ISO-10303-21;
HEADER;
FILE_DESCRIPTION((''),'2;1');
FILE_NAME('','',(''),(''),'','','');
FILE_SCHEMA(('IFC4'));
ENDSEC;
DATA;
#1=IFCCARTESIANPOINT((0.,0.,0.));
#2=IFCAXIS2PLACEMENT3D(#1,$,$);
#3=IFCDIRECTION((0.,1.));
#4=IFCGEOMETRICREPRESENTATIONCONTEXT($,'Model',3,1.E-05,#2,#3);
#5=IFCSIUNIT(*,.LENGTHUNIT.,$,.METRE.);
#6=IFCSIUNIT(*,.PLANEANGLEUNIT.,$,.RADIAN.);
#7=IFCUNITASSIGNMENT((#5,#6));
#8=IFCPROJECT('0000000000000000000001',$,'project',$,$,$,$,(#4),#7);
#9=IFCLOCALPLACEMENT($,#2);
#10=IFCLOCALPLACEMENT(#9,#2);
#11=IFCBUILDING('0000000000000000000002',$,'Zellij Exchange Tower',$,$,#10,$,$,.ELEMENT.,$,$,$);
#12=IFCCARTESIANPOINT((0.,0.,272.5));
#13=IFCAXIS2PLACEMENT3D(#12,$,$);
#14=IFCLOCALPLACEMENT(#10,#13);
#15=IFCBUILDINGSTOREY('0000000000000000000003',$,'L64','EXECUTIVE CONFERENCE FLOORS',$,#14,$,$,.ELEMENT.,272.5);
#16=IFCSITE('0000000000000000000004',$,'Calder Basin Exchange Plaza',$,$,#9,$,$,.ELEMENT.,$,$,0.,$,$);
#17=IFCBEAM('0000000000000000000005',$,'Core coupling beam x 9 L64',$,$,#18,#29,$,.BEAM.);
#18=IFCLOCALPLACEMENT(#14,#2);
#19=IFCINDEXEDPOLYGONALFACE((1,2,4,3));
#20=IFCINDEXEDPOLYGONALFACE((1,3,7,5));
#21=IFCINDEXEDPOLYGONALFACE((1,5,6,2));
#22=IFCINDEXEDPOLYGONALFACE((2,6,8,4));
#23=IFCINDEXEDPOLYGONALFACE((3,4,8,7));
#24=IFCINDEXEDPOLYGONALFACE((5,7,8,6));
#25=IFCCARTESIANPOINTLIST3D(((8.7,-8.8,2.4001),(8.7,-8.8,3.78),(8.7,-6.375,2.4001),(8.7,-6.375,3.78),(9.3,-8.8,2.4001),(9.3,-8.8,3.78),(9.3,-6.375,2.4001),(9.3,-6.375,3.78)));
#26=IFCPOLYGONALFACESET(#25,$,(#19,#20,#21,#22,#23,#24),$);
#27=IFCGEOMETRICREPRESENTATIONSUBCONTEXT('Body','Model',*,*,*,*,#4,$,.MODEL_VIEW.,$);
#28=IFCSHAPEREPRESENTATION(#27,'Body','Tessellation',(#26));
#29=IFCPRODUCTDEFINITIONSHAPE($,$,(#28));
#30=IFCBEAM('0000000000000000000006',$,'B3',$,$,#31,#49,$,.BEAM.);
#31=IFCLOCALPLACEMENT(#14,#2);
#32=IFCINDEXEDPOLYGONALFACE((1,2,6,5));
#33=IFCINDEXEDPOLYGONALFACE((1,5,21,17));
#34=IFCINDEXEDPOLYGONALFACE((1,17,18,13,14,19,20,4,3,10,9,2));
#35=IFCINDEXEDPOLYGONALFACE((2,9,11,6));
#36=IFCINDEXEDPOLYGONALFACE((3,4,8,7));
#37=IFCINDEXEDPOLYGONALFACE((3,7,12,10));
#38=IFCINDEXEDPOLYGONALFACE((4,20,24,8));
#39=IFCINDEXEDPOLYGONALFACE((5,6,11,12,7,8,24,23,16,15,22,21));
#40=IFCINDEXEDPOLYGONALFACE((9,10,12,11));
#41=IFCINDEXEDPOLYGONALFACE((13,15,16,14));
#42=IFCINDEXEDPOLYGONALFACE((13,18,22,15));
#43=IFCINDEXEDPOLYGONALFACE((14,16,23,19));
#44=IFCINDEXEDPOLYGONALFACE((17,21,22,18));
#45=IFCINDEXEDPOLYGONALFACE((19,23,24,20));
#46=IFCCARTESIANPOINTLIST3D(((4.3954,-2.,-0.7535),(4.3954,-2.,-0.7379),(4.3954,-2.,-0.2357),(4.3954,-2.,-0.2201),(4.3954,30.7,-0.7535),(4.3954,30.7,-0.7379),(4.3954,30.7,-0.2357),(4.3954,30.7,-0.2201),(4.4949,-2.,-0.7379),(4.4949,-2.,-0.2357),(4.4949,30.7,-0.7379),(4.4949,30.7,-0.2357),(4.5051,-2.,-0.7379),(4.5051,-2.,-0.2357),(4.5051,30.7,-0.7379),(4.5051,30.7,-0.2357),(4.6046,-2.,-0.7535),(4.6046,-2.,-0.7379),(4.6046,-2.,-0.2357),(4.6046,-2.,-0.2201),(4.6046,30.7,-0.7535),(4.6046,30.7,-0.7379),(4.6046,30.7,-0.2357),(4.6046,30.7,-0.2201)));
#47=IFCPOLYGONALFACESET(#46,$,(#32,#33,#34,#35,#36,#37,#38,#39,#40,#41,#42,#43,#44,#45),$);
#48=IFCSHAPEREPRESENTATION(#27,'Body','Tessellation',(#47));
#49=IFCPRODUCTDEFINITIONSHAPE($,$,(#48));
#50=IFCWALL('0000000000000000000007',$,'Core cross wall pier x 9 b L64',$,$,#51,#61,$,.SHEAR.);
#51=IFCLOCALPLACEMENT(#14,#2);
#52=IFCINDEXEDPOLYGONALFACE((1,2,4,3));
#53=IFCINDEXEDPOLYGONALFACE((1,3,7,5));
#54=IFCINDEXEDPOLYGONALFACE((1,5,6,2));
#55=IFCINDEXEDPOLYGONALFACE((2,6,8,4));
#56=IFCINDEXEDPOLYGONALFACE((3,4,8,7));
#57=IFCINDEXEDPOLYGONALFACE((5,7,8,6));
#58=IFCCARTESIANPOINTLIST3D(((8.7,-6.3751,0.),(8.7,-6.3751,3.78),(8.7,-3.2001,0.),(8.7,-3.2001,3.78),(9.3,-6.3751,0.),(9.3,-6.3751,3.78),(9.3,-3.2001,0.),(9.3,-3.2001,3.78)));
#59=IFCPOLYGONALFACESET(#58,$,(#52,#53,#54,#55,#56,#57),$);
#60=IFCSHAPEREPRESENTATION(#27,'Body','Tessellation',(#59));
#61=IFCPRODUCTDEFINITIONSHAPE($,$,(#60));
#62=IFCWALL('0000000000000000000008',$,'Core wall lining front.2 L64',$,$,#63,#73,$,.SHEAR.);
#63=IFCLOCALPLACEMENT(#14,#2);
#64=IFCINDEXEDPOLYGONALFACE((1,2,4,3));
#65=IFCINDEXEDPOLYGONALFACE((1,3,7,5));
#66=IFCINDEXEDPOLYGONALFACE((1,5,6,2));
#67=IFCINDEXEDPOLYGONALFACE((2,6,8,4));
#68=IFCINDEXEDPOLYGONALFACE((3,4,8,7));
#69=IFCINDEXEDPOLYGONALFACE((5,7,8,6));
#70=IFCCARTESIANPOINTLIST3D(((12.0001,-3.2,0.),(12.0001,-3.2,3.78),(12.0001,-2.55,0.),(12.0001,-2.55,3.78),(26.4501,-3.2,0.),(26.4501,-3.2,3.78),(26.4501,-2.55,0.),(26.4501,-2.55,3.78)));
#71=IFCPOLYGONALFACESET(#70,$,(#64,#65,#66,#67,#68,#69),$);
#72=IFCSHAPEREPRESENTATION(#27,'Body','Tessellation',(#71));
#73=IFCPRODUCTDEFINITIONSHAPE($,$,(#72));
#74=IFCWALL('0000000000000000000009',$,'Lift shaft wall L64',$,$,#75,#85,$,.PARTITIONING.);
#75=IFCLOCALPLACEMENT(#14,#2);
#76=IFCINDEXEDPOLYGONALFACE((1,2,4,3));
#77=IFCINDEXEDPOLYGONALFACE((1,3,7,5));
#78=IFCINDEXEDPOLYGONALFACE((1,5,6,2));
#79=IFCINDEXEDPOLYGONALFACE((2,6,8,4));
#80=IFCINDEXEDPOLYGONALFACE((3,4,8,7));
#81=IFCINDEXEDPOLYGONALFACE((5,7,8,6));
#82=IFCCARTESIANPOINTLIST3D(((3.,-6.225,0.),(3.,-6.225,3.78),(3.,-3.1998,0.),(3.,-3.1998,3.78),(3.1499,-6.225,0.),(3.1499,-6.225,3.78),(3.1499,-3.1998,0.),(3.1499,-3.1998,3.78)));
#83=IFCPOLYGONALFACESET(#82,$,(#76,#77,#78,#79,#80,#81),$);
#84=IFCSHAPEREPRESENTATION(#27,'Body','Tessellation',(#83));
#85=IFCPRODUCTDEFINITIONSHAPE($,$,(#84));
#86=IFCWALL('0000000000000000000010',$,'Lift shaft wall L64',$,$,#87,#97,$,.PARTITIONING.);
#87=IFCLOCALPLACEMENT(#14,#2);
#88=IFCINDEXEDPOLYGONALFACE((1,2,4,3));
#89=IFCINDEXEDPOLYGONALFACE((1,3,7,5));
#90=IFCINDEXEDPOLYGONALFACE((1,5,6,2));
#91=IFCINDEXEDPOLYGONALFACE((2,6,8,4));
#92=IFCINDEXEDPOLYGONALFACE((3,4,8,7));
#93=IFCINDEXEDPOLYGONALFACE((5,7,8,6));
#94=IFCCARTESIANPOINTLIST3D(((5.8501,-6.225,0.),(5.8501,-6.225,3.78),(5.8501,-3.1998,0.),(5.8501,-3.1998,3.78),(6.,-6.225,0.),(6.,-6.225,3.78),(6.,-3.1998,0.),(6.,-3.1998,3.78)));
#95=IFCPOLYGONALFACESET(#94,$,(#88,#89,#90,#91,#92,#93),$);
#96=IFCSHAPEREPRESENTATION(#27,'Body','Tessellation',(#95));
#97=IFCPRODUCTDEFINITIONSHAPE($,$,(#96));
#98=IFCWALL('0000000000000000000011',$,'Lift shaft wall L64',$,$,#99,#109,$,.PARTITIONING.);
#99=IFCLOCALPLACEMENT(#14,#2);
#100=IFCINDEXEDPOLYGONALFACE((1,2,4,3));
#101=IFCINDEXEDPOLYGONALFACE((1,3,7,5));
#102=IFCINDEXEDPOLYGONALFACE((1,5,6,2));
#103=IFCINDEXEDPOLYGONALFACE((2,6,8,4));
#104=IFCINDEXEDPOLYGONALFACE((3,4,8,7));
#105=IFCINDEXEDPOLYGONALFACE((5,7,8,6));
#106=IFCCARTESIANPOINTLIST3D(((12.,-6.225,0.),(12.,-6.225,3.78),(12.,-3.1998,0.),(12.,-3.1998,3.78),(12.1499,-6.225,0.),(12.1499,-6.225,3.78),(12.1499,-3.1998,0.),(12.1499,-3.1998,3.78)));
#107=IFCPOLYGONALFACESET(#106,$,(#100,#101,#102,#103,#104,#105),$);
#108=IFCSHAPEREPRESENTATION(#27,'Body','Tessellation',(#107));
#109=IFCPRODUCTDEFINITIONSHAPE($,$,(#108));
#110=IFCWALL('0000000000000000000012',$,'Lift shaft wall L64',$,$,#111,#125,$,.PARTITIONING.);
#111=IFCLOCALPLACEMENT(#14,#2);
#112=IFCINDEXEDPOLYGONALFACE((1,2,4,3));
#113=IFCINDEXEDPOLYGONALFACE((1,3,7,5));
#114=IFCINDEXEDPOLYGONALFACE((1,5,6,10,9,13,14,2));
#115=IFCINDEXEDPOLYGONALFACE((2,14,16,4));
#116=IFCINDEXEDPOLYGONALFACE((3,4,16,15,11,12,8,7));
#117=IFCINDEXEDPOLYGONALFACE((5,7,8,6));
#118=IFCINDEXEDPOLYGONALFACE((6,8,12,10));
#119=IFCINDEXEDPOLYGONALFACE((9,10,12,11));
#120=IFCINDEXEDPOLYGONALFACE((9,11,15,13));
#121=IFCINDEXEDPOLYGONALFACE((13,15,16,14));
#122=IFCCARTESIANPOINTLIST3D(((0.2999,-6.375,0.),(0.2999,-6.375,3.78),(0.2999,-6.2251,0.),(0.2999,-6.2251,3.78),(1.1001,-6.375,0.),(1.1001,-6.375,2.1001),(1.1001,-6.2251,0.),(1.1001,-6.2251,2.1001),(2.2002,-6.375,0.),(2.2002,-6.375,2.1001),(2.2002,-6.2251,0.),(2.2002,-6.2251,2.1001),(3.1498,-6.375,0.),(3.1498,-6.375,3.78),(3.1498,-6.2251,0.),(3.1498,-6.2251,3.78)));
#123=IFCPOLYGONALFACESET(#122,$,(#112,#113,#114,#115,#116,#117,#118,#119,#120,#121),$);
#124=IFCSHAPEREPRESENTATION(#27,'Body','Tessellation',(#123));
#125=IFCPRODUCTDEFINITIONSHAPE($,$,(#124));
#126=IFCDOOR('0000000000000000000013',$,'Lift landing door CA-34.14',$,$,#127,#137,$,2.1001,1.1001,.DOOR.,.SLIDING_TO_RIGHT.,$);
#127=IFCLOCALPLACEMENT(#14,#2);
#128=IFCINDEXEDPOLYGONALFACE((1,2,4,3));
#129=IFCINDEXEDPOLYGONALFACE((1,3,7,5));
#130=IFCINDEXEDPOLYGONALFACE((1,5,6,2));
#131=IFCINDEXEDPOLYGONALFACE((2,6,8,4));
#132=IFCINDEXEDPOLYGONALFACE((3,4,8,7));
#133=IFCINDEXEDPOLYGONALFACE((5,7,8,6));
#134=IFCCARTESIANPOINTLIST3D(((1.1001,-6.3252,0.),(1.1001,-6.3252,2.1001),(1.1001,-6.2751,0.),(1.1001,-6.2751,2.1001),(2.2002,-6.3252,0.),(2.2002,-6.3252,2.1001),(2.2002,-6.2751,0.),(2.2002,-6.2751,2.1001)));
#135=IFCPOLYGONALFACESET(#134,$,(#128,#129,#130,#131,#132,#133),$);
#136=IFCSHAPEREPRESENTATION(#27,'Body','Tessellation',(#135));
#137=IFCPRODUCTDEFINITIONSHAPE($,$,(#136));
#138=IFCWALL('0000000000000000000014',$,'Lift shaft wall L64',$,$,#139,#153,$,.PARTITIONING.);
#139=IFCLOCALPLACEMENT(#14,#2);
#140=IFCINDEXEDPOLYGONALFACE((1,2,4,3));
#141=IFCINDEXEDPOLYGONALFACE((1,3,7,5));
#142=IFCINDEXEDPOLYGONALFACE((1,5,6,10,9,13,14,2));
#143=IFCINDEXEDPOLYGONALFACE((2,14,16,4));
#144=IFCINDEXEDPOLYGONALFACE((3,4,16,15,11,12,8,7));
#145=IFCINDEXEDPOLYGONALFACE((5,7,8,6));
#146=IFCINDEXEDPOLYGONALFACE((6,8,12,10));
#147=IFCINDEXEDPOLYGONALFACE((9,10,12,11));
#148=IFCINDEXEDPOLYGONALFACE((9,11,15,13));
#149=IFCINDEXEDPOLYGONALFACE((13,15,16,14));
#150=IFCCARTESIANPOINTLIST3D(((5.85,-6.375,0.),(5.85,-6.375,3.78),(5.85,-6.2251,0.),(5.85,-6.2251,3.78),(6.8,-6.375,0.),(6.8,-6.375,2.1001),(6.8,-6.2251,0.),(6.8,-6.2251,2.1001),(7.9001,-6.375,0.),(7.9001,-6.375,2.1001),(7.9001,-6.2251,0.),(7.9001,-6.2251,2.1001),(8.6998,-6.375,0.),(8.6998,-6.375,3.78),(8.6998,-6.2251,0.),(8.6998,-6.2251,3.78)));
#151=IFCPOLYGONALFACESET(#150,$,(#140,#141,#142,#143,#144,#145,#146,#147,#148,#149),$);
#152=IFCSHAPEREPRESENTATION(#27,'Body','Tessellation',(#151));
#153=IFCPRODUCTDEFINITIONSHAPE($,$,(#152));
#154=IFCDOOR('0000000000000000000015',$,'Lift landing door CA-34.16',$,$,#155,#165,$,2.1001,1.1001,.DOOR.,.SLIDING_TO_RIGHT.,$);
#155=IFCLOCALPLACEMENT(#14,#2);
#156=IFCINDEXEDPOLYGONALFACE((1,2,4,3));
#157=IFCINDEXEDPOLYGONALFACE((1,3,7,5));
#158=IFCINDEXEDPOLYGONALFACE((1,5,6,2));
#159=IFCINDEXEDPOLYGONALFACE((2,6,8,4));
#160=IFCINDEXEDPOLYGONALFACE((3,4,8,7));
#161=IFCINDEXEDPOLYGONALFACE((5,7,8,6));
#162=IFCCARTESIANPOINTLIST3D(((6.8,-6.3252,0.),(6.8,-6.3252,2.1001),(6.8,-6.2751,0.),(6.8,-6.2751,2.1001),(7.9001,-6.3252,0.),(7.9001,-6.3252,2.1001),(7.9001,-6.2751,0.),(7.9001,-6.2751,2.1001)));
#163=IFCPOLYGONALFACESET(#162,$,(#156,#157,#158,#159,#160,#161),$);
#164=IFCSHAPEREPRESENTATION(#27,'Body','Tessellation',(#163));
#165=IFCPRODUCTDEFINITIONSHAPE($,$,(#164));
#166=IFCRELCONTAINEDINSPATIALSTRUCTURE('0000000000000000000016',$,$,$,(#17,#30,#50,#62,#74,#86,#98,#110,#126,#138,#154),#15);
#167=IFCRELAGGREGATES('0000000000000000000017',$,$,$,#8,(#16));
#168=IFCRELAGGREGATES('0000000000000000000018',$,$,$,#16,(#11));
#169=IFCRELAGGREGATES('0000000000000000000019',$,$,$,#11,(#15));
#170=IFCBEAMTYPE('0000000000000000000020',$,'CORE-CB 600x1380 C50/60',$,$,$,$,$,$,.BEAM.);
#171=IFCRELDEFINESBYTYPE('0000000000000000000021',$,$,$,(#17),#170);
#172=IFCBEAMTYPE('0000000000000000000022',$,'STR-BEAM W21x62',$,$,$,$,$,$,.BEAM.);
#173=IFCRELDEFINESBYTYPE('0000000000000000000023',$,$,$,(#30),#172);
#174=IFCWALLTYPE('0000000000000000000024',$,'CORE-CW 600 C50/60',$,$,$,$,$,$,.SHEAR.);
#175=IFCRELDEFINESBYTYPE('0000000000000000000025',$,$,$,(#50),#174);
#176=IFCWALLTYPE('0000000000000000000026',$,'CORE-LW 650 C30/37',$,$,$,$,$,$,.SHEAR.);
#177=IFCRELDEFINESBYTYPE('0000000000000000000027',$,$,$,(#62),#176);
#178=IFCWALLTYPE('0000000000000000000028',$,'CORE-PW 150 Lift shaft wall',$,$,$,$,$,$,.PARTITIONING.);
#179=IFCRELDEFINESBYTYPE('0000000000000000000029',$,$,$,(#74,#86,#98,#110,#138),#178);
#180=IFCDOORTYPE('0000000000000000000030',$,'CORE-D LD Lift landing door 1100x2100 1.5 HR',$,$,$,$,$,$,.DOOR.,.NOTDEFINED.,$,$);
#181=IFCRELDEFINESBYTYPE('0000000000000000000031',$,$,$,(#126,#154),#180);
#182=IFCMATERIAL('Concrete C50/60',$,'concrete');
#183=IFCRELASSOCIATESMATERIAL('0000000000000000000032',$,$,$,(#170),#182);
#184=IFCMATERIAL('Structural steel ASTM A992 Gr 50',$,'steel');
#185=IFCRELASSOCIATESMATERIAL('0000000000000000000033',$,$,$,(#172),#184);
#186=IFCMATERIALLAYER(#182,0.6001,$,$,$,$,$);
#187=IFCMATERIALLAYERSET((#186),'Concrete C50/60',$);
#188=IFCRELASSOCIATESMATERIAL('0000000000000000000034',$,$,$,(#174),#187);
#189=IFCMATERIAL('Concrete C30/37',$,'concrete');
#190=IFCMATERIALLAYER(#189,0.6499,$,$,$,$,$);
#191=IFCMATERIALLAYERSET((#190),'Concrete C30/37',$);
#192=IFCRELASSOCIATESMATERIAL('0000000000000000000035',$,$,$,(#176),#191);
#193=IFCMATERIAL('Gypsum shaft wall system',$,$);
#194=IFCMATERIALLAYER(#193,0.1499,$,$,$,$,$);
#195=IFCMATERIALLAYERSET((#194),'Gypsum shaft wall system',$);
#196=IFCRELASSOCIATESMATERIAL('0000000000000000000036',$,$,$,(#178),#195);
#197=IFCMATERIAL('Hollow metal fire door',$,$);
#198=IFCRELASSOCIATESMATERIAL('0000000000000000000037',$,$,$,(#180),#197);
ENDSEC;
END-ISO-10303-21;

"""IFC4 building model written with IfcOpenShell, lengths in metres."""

from ifc_helpers import new_model, si_unit, direction, frame, frame_2d, origin, origin_2d, place, context, subcontext, project, spatial, rectangle, i_section, extrude, material, layer, layer_set, material_profile, profile_set, type_object, element, fill, save


model = new_model("IFC4")

# Units and contexts
model_context = context("Model", 3, precision=1e-05, world=origin(), true_north=direction((0.0, 1.0)))
body_context = subcontext(model_context, "Body", "Model", "MODEL_VIEW")
ifc_project = project(units=[si_unit("LENGTHUNIT", "METRE"), si_unit("PLANEANGLEUNIT", "RADIAN")], contexts=[model_context])

# Site, building, storey
site_placement = place(None, origin())
site = spatial("IfcSite", under=ifc_project, at=site_placement, Name="Calder Basin Exchange Plaza", CompositionType="ELEMENT", RefElevation=0.0)
building_placement = place(site_placement, origin())
building = spatial("IfcBuilding", under=site, at=building_placement, Name="Zellij Exchange Tower", CompositionType="ELEMENT")
storey_placement = place(building_placement, frame((0.0, 0.0, 272.5)))
storey = spatial("IfcBuildingStorey", under=building, at=storey_placement, Name="L64", Description="EXECUTIVE CONFERENCE FLOORS", CompositionType="ELEMENT", Elevation=272.5)

# Beams
ifc_material_1 = material(Name="Concrete C50/60", Category="concrete")
ifc_material_profile_1 = material_profile(ifc_material_1, rectangle(XDim=0.6001, YDim=1.3799, at=origin_2d()), Name="CORE-CB 600x1380 C50/60")
ifc_profile_set_1 = profile_set([ifc_material_profile_1], Name="Concrete C50/60")
beam_type_1 = type_object("IfcBeamType", Name="CORE-CB 600x1380 C50/60", PredefinedType="BEAM", material=ifc_profile_set_1)
beam_1_placement = place(storey_placement, frame((9.0, -8.8, 3.0901), z_axis=(0.0, 1.0, 0.0), x_axis=(-1.0, 0.0, 0.0)))
element("IfcBeam", 1, at=beam_1_placement, inside=storey, type_object=beam_type_1, Name="Core coupling beam x 9 L64", PredefinedType="BEAM", context=body_context, shape_type="SweptSolid", body=[
    extrude(rectangle(XDim=0.6001, YDim=1.3799, at=origin_2d()), origin(), (0.0, 0.0, 1.0), 2.425),
])
ifc_material_2 = material(Name="Structural steel ASTM A992 Gr 50", Category="steel")
ifc_material_profile_2 = material_profile(ifc_material_2, i_section(OverallWidth=0.2092, OverallDepth=0.5334, WebThickness=0.0103, FlangeThickness=0.0156, at=origin_2d()), Name="W21x62")
ifc_profile_set_2 = profile_set([ifc_material_profile_2], Name="Structural steel ASTM A992 Gr 50")
beam_type_2 = type_object("IfcBeamType", Name="STR-BEAM W21x62", PredefinedType="BEAM", material=ifc_profile_set_2)
beam_2_placement = place(storey_placement, frame((4.5, -2.0, -0.4868), z_axis=(0.0, 1.0, 0.0), x_axis=(-1.0, 0.0, 0.0)))
element("IfcBeam", 2, at=beam_2_placement, inside=storey, type_object=beam_type_2, Name="B3", PredefinedType="BEAM", context=body_context, shape_type="SweptSolid", body=[
    extrude(i_section(OverallWidth=0.2092, OverallDepth=0.5334, WebThickness=0.0103, FlangeThickness=0.0156, at=origin_2d()), origin(), (0.0, 0.0, 1.0), 32.7),
])

# Walls
ifc_layer_1 = layer(ifc_material_1, 0.6001)
ifc_layer_set_1 = layer_set([ifc_layer_1], Name="Concrete C50/60")
wall_type_1 = type_object("IfcWallType", Name="CORE-CW 600 C50/60", PredefinedType="SHEAR", material=ifc_layer_set_1)
wall_1_placement = place(storey_placement, frame((9.0, -6.375, 0.0), z_axis=(0.0, 0.0, 1.0), x_axis=(0.0, 1.0, 0.0)))
element("IfcWall", 3, at=wall_1_placement, inside=storey, type_object=wall_type_1, Name="Core cross wall pier x 9 b L64", PredefinedType="SHEAR", context=body_context, shape_type="SweptSolid", body=[
    extrude(rectangle(XDim=3.175, YDim=0.6001, at=frame_2d((1.5874, 0.0))), origin(), (0.0, 0.0, 1.0), 3.78),
])
ifc_material_3 = material(Name="Concrete C30/37", Category="concrete")
ifc_layer_2 = layer(ifc_material_3, 0.6499)
ifc_layer_set_2 = layer_set([ifc_layer_2], Name="Concrete C30/37")
wall_type_2 = type_object("IfcWallType", Name="CORE-LW 650 C30/37", PredefinedType="SHEAR", material=ifc_layer_set_2)
wall_2_placement = place(storey_placement, frame((12.0, -2.875, 0.0), z_axis=(0.0, 0.0, 1.0), x_axis=(1.0, 0.0, 0.0)))
element("IfcWall", 4, at=wall_2_placement, inside=storey, type_object=wall_type_2, Name="Core wall lining front.2 L64", PredefinedType="SHEAR", context=body_context, shape_type="SweptSolid", body=[
    extrude(rectangle(XDim=14.45, YDim=0.6499, at=frame_2d((7.2251, 0.0))), origin(), (0.0, 0.0, 1.0), 3.78),
])
ifc_material_4 = material(Name="Gypsum shaft wall system")
ifc_layer_3 = layer(ifc_material_4, 0.1499)
ifc_layer_set_3 = layer_set([ifc_layer_3], Name="Gypsum shaft wall system")
wall_type_3 = type_object("IfcWallType", Name="CORE-PW 150 Lift shaft wall", PredefinedType="PARTITIONING", material=ifc_layer_set_3)
for number, where, z_axis, x_axis, name in (
    (5, (3.075, -6.2251, 0.0), (0.0, 0.0, 1.0), (0.0, 1.0, 0.0), "Lift shaft wall L64"),
    (6, (5.925, -6.2251, 0.0), (0.0, 0.0, 1.0), (0.0, 1.0, 0.0), "Lift shaft wall L64"),
    (7, (12.075, -6.2251, 0.0), (0.0, 0.0, 1.0), (0.0, 1.0, 0.0), "Lift shaft wall L64"),
):
    element("IfcWall", number, at=place(storey_placement, frame(where, z_axis=z_axis, x_axis=x_axis)), inside=storey, type_object=wall_type_3, Name=name, PredefinedType="PARTITIONING", context=body_context, shape_type="SweptSolid", body=[
        extrude(rectangle(XDim=3.0251, YDim=0.1499, at=frame_2d((1.5127, 0.0))), origin(), (0.0, 0.0, 1.0), 3.78),
    ])

# Walls, openings, doors
wall_3_placement = place(storey_placement, frame((0.3, -6.3, 0.0), z_axis=(0.0, 0.0, 1.0), x_axis=(1.0, 0.0, 0.0)))
wall_3 = element("IfcWall", 8, at=wall_3_placement, inside=storey, type_object=wall_type_3, Name="Lift shaft wall L64", PredefinedType="PARTITIONING", context=body_context, shape_type="SweptSolid", body=[
    extrude(rectangle(XDim=2.8499, YDim=0.1499, at=frame_2d((1.4248, 0.0))), origin(), (0.0, 0.0, 1.0), 3.78),
])
opening_1_placement = place(wall_3_placement, frame((0.8, 0.0, 0.0)))
opening_1 = element("IfcOpeningElement", 9, at=opening_1_placement, cuts=wall_3, PredefinedType="OPENING", context=body_context, shape_type="SweptSolid", body=[
    extrude(rectangle(XDim=1.1001, YDim=2.1001, at=frame_2d((0.55, 1.05))), frame((0.0, 0.0869, 0.0), z_axis=(0.0, -1.0, 0.0), x_axis=(1.0, 0.0, 0.0)), (0.0, 0.0, 1.0), 0.1738),
])
ifc_material_5 = material(Name="Hollow metal fire door")
door_type = type_object("IfcDoorType", Name="CORE-D LD Lift landing door 1100x2100 1.5 HR", OperationType="NOTDEFINED", PredefinedType="DOOR", material=ifc_material_5)
door_1_placement = place(opening_1_placement, origin())
door_1 = element("IfcDoor", 10, at=door_1_placement, inside=storey, type_object=door_type, Name="Lift landing door CA-34.14", OperationType="SLIDING_TO_RIGHT", OverallHeight=2.1001, OverallWidth=1.1001, PredefinedType="DOOR", context=body_context, shape_type="SweptSolid", body=[
    extrude(rectangle(XDim=1.1001, YDim=2.1001, at=frame_2d((0.55, 1.05))), frame((0.0, 0.0249, 0.0), z_axis=(0.0, -1.0, 0.0), x_axis=(1.0, 0.0, 0.0)), (0.0, 0.0, 1.0), 0.05),
])
fill(opening_1, door_1)
wall_4_placement = place(storey_placement, frame((5.8501, -6.3, 0.0), z_axis=(0.0, 0.0, 1.0), x_axis=(1.0, 0.0, 0.0)))
wall_4 = element("IfcWall", 11, at=wall_4_placement, inside=storey, type_object=wall_type_3, Name="Lift shaft wall L64", PredefinedType="PARTITIONING", context=body_context, shape_type="SweptSolid", body=[
    extrude(rectangle(XDim=2.8499, YDim=0.1499, at=frame_2d((1.4248, 0.0))), origin(), (0.0, 0.0, 1.0), 3.78),
])
opening_2_placement = place(wall_4_placement, frame((0.95, 0.0, 0.0)))
opening_2 = element("IfcOpeningElement", 12, at=opening_2_placement, cuts=wall_4, PredefinedType="OPENING", context=body_context, shape_type="SweptSolid", body=[
    extrude(rectangle(XDim=1.1001, YDim=2.1001, at=frame_2d((0.55, 1.05))), frame((0.0, 0.0869, 0.0), z_axis=(0.0, -1.0, 0.0), x_axis=(1.0, 0.0, 0.0)), (0.0, 0.0, 1.0), 0.1738),
])
door_2_placement = place(opening_2_placement, origin())
door_2 = element("IfcDoor", 13, at=door_2_placement, inside=storey, type_object=door_type, Name="Lift landing door CA-34.16", OperationType="SLIDING_TO_RIGHT", OverallHeight=2.1001, OverallWidth=1.1001, PredefinedType="DOOR", context=body_context, shape_type="SweptSolid", body=[
    extrude(rectangle(XDim=1.1001, YDim=2.1001, at=frame_2d((0.55, 1.05))), frame((0.0, 0.0249, 0.0), z_axis=(0.0, -1.0, 0.0), x_axis=(1.0, 0.0, 0.0)), (0.0, 0.0, 1.0), 0.05),
])
fill(opening_2, door_2)

save(model, "model.ifc")
